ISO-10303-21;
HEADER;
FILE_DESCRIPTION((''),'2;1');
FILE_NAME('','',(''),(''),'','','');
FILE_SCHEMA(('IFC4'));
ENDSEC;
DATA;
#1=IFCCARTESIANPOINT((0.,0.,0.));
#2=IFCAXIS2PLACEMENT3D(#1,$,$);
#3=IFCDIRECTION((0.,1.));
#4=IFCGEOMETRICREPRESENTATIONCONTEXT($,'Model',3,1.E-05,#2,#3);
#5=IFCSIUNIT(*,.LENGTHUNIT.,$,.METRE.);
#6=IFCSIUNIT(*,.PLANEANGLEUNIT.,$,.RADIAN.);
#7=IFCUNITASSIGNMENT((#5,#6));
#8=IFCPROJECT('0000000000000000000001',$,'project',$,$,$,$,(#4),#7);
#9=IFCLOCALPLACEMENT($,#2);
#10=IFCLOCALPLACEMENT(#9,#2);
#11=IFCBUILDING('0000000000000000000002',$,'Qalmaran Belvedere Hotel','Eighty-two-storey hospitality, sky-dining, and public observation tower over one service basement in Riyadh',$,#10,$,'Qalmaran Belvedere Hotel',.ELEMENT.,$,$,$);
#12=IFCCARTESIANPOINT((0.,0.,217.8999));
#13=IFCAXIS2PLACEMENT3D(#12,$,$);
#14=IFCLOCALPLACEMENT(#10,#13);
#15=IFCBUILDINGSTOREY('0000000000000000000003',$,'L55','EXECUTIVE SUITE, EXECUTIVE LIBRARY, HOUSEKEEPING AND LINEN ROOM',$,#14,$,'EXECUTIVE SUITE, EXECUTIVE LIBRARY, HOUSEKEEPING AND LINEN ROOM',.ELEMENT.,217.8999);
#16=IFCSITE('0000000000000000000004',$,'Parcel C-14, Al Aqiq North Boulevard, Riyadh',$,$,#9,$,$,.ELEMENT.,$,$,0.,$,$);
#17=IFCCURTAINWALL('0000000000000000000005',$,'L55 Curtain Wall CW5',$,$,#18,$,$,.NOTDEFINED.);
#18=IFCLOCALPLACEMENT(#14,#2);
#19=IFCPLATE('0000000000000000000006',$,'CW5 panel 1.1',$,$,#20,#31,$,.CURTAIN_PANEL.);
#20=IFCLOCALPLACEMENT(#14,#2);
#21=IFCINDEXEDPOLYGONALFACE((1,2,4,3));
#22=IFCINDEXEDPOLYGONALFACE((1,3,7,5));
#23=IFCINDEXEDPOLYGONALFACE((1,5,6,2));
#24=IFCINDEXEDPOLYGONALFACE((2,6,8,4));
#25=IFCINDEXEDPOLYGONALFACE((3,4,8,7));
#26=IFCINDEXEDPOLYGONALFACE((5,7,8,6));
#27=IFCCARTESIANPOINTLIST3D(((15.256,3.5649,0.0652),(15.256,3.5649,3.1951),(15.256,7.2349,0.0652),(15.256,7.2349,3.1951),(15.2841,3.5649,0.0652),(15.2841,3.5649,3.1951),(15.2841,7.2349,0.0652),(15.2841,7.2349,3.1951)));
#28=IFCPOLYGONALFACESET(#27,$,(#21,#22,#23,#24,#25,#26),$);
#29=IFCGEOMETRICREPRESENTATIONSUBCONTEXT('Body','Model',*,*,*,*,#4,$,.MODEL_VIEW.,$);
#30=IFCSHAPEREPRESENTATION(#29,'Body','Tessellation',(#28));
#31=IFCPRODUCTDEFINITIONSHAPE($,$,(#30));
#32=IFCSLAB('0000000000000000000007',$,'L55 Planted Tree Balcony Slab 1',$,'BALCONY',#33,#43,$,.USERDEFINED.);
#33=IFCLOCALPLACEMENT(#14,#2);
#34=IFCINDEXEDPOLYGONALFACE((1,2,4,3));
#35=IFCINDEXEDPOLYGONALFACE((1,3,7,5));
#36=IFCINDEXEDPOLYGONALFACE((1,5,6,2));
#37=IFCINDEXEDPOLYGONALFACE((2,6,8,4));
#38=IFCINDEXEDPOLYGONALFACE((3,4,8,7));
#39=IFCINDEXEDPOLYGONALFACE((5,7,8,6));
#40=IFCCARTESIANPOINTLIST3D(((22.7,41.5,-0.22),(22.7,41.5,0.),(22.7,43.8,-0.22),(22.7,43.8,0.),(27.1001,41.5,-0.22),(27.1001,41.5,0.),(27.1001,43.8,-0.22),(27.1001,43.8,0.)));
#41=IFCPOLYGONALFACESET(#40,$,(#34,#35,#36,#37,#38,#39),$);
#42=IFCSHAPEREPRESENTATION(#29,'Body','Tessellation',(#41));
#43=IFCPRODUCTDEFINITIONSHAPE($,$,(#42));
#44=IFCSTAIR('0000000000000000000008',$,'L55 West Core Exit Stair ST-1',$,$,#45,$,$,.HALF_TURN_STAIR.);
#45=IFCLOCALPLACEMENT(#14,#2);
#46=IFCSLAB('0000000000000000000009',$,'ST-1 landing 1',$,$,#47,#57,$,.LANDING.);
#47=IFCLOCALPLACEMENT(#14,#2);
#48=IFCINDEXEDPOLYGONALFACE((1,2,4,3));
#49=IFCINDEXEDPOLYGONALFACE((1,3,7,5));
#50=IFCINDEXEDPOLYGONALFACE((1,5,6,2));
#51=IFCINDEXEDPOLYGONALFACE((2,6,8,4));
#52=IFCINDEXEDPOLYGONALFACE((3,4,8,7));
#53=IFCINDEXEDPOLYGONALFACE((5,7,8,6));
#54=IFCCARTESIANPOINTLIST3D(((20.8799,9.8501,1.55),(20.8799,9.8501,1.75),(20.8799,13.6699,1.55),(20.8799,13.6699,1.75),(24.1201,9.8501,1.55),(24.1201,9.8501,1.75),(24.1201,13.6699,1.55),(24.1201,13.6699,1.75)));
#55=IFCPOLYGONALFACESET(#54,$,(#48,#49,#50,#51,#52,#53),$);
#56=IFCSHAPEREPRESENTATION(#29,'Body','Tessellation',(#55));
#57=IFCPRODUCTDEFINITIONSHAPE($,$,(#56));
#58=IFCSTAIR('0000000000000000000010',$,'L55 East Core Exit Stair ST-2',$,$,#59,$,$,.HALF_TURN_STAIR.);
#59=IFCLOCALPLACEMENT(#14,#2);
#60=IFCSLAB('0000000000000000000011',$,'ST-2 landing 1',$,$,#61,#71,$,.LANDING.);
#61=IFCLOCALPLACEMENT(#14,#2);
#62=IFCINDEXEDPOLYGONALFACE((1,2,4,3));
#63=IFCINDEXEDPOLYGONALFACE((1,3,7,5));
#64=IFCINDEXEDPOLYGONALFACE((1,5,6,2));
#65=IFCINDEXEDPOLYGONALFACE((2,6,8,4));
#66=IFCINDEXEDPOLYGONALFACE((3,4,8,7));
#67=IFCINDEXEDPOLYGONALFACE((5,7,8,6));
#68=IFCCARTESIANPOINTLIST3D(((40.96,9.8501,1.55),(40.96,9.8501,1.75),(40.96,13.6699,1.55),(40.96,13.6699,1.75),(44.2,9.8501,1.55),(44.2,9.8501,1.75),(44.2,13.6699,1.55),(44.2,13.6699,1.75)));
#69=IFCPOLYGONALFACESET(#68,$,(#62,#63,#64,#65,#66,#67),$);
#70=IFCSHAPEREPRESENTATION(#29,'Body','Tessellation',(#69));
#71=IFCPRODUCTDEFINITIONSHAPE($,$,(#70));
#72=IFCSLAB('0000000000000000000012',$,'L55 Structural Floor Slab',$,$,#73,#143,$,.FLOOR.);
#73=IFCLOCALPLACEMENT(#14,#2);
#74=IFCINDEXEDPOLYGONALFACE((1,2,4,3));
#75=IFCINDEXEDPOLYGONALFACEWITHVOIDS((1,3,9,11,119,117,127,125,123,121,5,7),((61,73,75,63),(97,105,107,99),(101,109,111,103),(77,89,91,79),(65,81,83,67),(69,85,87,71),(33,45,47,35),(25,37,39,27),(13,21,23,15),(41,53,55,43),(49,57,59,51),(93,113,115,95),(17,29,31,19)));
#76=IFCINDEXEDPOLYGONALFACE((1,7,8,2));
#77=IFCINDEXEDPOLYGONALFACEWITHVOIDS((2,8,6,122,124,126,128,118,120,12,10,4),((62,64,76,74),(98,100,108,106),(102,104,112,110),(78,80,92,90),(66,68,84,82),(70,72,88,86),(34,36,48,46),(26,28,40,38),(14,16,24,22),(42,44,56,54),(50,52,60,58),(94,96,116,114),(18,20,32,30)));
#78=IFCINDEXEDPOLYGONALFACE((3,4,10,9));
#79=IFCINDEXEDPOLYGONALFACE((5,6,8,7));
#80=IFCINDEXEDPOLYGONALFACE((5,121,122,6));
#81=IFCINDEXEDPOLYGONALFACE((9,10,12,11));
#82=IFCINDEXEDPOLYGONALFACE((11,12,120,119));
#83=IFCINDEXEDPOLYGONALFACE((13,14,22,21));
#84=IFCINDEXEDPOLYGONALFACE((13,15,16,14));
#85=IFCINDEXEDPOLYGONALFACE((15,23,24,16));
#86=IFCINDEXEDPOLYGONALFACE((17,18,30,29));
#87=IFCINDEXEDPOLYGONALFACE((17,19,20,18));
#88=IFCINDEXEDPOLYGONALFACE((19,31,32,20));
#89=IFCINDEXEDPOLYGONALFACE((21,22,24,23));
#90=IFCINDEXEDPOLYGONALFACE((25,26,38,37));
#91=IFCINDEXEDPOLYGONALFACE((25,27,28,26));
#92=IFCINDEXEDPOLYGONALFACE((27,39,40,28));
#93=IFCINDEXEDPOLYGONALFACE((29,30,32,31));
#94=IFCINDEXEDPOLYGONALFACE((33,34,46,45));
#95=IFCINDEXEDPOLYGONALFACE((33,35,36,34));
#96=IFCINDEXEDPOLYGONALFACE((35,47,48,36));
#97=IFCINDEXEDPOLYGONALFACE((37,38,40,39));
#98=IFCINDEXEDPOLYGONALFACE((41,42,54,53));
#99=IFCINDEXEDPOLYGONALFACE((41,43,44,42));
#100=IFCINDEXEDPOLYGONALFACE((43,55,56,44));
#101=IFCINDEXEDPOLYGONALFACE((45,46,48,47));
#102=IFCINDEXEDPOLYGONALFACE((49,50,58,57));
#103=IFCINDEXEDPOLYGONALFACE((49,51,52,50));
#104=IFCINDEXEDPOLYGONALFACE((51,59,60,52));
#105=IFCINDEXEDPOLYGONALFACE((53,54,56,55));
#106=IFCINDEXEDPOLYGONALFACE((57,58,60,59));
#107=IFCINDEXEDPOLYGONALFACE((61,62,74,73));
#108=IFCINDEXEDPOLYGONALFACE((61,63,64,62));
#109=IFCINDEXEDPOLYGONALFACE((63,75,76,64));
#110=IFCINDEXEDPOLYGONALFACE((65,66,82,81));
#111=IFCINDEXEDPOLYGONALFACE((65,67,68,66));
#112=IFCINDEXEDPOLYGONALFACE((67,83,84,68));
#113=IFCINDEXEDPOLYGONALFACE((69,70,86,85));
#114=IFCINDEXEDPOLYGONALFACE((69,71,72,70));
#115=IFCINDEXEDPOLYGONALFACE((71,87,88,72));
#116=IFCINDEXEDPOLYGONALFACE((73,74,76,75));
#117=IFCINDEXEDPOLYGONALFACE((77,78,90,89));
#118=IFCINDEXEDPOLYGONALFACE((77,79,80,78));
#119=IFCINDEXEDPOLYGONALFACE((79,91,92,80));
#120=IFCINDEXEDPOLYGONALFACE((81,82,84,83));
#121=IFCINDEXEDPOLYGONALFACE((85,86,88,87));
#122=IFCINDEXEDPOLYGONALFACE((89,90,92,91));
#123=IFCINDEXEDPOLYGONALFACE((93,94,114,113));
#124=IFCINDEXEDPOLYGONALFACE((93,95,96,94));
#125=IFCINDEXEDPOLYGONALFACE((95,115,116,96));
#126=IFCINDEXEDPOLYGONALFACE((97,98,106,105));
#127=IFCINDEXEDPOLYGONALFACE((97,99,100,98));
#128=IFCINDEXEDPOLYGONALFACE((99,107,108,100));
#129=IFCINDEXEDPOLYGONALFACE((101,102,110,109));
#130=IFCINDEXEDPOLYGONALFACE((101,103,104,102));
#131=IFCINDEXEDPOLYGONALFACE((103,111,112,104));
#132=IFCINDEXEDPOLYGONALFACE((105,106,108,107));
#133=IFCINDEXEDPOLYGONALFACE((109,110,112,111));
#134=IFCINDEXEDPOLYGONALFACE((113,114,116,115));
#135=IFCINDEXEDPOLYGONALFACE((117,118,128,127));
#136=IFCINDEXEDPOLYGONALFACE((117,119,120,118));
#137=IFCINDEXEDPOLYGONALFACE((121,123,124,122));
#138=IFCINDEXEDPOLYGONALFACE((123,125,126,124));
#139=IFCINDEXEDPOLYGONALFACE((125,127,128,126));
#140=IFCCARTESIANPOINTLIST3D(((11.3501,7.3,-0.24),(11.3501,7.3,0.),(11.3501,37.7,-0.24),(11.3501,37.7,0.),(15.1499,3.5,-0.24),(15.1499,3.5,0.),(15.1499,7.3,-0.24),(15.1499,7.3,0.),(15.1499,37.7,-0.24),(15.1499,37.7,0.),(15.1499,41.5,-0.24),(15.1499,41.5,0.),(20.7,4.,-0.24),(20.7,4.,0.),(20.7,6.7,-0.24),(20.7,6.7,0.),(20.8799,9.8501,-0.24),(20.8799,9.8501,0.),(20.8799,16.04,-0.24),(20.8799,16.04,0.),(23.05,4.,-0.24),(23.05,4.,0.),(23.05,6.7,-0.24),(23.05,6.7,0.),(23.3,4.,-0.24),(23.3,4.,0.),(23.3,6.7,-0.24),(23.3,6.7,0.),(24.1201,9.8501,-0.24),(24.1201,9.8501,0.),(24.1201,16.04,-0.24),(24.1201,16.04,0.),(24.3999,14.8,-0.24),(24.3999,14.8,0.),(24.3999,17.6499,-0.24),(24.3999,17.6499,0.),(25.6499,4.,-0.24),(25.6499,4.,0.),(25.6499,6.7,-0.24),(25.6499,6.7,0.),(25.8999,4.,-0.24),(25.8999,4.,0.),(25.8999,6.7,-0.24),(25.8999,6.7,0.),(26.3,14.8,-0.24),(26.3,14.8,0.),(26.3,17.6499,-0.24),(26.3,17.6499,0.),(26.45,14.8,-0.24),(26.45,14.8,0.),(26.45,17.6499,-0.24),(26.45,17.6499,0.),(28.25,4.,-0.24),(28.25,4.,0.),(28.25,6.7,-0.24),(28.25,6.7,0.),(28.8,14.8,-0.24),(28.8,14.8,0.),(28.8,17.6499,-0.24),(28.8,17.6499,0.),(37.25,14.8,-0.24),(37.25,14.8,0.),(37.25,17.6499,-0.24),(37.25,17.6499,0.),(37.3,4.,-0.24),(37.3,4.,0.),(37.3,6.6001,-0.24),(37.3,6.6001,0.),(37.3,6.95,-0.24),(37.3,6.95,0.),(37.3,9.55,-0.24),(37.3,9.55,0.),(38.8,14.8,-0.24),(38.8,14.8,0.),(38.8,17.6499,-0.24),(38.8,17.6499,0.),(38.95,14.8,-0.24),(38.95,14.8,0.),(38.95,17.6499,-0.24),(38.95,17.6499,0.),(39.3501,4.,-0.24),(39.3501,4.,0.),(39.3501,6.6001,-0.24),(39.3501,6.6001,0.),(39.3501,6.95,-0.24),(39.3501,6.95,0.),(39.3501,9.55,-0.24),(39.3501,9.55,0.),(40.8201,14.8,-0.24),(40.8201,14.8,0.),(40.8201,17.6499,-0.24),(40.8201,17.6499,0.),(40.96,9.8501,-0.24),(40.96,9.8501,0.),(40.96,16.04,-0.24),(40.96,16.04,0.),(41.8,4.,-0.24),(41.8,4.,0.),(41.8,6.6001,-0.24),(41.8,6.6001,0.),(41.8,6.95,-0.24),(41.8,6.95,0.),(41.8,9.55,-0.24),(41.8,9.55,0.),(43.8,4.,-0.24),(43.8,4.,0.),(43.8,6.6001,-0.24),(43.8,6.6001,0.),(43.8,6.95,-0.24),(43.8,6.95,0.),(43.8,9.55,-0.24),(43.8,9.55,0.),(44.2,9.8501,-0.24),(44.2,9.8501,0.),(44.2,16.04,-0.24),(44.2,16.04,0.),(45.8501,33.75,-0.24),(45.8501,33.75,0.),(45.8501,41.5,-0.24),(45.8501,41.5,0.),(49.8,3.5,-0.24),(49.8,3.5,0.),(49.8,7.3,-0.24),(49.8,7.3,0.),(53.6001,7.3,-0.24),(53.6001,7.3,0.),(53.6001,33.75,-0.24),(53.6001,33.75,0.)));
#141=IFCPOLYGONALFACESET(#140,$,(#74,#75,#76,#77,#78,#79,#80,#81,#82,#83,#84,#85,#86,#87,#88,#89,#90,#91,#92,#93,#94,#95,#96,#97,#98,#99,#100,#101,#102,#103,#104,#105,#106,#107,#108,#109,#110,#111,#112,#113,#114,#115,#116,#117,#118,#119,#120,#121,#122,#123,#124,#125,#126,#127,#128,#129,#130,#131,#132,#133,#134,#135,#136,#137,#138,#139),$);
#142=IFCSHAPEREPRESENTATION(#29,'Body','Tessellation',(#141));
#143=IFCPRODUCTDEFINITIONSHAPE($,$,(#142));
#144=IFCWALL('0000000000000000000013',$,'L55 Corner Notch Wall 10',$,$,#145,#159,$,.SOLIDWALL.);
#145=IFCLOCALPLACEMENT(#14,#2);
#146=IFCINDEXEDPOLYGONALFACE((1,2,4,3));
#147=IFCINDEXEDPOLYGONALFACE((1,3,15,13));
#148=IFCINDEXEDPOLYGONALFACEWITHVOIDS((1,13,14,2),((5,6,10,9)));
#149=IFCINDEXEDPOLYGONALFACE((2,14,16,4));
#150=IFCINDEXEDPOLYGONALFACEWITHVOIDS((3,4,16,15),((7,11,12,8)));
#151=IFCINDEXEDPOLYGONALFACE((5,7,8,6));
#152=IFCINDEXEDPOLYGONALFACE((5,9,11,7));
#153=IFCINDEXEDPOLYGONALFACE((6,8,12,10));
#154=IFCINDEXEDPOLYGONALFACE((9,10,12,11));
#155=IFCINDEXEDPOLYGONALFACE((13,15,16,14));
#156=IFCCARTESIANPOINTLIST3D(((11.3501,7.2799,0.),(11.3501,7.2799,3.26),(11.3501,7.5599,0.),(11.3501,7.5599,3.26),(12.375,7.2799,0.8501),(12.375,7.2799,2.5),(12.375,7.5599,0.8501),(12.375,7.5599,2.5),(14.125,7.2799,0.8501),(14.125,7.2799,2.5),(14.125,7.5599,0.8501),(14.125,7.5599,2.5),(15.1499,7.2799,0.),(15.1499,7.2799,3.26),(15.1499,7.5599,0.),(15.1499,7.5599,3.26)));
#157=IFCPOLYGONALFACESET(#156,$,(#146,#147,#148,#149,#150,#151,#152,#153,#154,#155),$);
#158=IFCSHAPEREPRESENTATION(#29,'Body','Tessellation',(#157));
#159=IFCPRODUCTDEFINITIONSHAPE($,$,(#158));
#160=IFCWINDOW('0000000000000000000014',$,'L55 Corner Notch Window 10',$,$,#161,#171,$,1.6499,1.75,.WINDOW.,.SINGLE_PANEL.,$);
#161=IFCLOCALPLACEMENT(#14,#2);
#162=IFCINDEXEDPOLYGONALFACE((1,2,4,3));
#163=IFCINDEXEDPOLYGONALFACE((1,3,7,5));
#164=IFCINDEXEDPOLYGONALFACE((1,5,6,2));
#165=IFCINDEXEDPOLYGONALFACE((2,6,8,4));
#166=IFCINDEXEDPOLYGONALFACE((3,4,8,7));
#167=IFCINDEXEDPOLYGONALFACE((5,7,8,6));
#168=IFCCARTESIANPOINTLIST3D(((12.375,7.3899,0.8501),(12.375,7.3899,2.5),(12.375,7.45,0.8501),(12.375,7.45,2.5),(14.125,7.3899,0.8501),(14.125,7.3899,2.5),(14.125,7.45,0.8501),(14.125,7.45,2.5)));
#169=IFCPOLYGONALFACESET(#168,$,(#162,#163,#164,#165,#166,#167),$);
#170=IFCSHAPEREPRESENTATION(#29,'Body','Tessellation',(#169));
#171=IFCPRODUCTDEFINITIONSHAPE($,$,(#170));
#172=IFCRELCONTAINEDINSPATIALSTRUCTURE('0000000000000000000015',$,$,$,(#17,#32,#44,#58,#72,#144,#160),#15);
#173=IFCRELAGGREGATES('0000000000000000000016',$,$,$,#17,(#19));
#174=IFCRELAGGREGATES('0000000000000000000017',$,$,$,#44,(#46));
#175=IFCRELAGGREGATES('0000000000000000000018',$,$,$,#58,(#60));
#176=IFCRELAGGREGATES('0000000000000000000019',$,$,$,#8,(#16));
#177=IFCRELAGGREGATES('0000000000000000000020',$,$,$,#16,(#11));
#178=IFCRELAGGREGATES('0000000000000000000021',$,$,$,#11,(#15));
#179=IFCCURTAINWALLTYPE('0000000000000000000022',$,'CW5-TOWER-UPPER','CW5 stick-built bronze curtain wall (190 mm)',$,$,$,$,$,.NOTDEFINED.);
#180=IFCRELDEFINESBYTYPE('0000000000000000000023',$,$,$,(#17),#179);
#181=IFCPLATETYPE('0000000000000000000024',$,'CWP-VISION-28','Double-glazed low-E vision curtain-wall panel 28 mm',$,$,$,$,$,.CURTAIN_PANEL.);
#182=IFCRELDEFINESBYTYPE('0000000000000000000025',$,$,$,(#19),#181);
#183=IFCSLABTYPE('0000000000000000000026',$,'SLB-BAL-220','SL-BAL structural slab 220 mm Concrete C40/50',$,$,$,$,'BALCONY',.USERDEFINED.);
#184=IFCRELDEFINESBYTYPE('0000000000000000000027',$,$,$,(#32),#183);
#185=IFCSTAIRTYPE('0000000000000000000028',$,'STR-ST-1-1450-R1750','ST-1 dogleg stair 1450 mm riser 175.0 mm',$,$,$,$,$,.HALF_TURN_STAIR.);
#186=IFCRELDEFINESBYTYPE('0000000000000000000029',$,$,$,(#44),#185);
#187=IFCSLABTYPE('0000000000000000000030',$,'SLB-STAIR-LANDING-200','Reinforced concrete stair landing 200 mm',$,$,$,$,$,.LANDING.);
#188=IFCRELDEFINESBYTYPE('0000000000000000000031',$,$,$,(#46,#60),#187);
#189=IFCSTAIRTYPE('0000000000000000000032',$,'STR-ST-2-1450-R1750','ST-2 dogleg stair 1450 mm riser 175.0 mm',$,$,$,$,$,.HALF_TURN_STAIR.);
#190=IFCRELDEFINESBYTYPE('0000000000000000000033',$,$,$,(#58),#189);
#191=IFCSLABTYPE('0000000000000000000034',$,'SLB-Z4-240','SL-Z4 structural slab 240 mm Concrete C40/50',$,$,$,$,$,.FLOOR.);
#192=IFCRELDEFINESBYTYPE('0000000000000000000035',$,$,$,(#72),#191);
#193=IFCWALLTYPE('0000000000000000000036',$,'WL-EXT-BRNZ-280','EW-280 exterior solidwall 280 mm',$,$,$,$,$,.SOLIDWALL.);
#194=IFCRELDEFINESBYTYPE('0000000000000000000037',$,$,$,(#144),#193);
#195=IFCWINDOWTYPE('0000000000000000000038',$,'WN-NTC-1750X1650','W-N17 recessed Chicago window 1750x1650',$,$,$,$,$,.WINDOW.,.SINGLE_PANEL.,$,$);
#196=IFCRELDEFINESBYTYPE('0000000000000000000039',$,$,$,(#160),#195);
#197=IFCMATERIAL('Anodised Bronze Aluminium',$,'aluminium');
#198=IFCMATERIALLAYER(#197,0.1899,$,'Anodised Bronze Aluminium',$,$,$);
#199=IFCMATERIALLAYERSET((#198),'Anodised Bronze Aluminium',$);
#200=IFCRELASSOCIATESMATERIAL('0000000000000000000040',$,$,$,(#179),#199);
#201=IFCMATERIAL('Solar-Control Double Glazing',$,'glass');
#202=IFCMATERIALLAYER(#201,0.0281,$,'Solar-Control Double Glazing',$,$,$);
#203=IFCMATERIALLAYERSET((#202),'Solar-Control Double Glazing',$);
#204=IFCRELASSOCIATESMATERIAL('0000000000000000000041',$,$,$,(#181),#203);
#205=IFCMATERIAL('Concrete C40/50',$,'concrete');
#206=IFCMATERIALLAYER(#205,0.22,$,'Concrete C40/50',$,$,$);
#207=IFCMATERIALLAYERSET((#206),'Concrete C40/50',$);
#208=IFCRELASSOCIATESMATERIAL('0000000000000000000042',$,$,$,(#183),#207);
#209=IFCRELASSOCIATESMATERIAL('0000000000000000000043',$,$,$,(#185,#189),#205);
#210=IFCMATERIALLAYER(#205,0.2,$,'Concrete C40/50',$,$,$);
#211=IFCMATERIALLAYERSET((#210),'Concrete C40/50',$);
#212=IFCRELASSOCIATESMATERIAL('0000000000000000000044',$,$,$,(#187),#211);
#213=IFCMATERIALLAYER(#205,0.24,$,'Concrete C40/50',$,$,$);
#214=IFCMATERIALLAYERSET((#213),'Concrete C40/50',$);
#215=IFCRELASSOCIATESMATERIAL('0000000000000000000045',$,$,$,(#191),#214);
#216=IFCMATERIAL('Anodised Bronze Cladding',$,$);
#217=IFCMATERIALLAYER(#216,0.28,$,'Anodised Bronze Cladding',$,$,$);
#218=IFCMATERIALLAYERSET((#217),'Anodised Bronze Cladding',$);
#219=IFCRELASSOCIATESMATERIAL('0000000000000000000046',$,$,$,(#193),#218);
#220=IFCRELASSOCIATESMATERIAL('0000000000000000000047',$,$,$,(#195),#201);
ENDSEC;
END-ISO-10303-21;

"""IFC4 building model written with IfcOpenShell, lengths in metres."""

from ifc_helpers import new_model, si_unit, direction, frame, frame_2d, origin, origin_2d, place, context, subcontext, project, spatial, polyline, rectangle, outline, extrude, material, layer, layer_set, type_object, element, fill, aggregate, save


model = new_model("IFC4")

# Units and contexts
model_context = context("Model", 3, precision=1e-05, world=origin(), true_north=direction((0.0, 1.0)))
body_context = subcontext(model_context, "Body", "Model", "MODEL_VIEW")
ifc_project = project(units=[si_unit("LENGTHUNIT", "METRE"), si_unit("PLANEANGLEUNIT", "RADIAN")], contexts=[model_context])

# Site, building, storey
site_placement = place(None, origin())
site = spatial("IfcSite", under=ifc_project, at=site_placement, Name="Parcel C-14, Al Aqiq North Boulevard, Riyadh", CompositionType="ELEMENT", RefElevation=0.0)
building_placement = place(site_placement, origin())
building = spatial("IfcBuilding", under=site, at=building_placement, Name="Qalmaran Belvedere Hotel", Description="Eighty-two-storey hospitality, sky-dining, and public observation tower over one service basement in Riyadh", LongName="Qalmaran Belvedere Hotel", CompositionType="ELEMENT")
storey_placement = place(building_placement, frame((0.0, 0.0, 217.8999)))
storey = spatial("IfcBuildingStorey", under=building, at=storey_placement, Name="L55", Description="EXECUTIVE SUITE, EXECUTIVE LIBRARY, HOUSEKEEPING AND LINEN ROOM", LongName="EXECUTIVE SUITE, EXECUTIVE LIBRARY, HOUSEKEEPING AND LINEN ROOM", CompositionType="ELEMENT", Elevation=217.8999)

# Shared definitions
ifc_material_1 = material(Name="Anodised Bronze Aluminium", Category="aluminium")
ifc_layer_1 = layer(ifc_material_1, 0.1899, Name="Anodised Bronze Aluminium")
ifc_layer_set_1 = layer_set([ifc_layer_1], Name="Anodised Bronze Aluminium")
curtain_wall_type = type_object("IfcCurtainWallType", Name="CW5-TOWER-UPPER", Description="CW5 stick-built bronze curtain wall (190 mm)", PredefinedType="NOTDEFINED", material=ifc_layer_set_1)

# Curtain wall
curtain_wall_1_placement = place(storey_placement, origin())
curtain_wall_1 = element("IfcCurtainWall", 1, at=curtain_wall_1_placement, inside=storey, type_object=curtain_wall_type, Name="L55 Curtain Wall CW5", PredefinedType="NOTDEFINED")

# Plate
ifc_material_2 = material(Name="Solar-Control Double Glazing", Category="glass")
ifc_layer_2 = layer(ifc_material_2, 0.0281, Name="Solar-Control Double Glazing")
ifc_layer_set_2 = layer_set([ifc_layer_2], Name="Solar-Control Double Glazing")
plate_type = type_object("IfcPlateType", Name="CWP-VISION-28", Description="Double-glazed low-E vision curtain-wall panel 28 mm", PredefinedType="CURTAIN_PANEL", material=ifc_layer_set_2)
plate_1_placement = place(storey_placement, frame((15.27, 5.3999, 0.0652), z_axis=(0.0, 0.0, 1.0), x_axis=(0.0, -1.0, 0.0)))
plate_1 = element("IfcPlate", 2, at=plate_1_placement, type_object=plate_type, Name="CW5 panel 1.1", PredefinedType="CURTAIN_PANEL", context=body_context, shape_type="SweptSolid", body=[
    extrude(rectangle(XDim=3.6699, YDim=0.0281, at=origin_2d()), origin(), (0.0, 0.0, 1.0), 3.1299),
])
aggregate(curtain_wall_1, [plate_1])

# Slab
ifc_material_3 = material(Name="Concrete C40/50", Category="concrete")
ifc_layer_3 = layer(ifc_material_3, 0.22, Name="Concrete C40/50")
ifc_layer_set_3 = layer_set([ifc_layer_3], Name="Concrete C40/50")
slab_type_1 = type_object("IfcSlabType", Name="SLB-BAL-220", Description="SL-BAL structural slab 220 mm Concrete C40/50", ElementType="BALCONY", PredefinedType="USERDEFINED", material=ifc_layer_set_3)
slab_1_placement = place(storey_placement, frame((0.0, 0.0, -0.22)))
element("IfcSlab", 3, at=slab_1_placement, inside=storey, type_object=slab_type_1, Name="L55 Planted Tree Balcony Slab 1", ObjectType="BALCONY", PredefinedType="USERDEFINED", context=body_context, shape_type="SweptSolid", body=[
    extrude(outline(polyline([(22.7, 41.5), (27.1001, 41.5), (27.1001, 43.8), (22.7, 43.8), (22.7, 41.5)])), origin(), (0.0, 0.0, 1.0), 0.22),
])

# Stairs, slabs
stair_type_1 = type_object("IfcStairType", Name="STR-ST-1-1450-R1750", Description="ST-1 dogleg stair 1450 mm riser 175.0 mm", PredefinedType="HALF_TURN_STAIR", material=ifc_material_3)
stair_1_placement = place(storey_placement, origin())
stair_1 = element("IfcStair", 4, at=stair_1_placement, inside=storey, type_object=stair_type_1, Name="L55 West Core Exit Stair ST-1", PredefinedType="HALF_TURN_STAIR")
ifc_layer_4 = layer(ifc_material_3, 0.2, Name="Concrete C40/50")
ifc_layer_set_4 = layer_set([ifc_layer_4], Name="Concrete C40/50")
slab_type_2 = type_object("IfcSlabType", Name="SLB-STAIR-LANDING-200", Description="Reinforced concrete stair landing 200 mm", PredefinedType="LANDING", material=ifc_layer_set_4)
slab_2_placement = place(storey_placement, frame((0.0, 0.0, 1.55)))
slab_2 = element("IfcSlab", 5, at=slab_2_placement, type_object=slab_type_2, Name="ST-1 landing 1", PredefinedType="LANDING", context=body_context, shape_type="SweptSolid", body=[
    extrude(outline(polyline([(20.8799, 13.6699), (20.8799, 9.8501), (24.1201, 9.8501), (24.1201, 13.6699), (20.8799, 13.6699)])), origin(), (0.0, 0.0, 1.0), 0.2),
])
aggregate(stair_1, [slab_2])
stair_type_2 = type_object("IfcStairType", Name="STR-ST-2-1450-R1750", Description="ST-2 dogleg stair 1450 mm riser 175.0 mm", PredefinedType="HALF_TURN_STAIR", material=ifc_material_3)
stair_2_placement = place(storey_placement, origin())
stair_2 = element("IfcStair", 6, at=stair_2_placement, inside=storey, type_object=stair_type_2, Name="L55 East Core Exit Stair ST-2", PredefinedType="HALF_TURN_STAIR")
slab_3_placement = place(storey_placement, frame((0.0, 0.0, 1.55)))
slab_3 = element("IfcSlab", 7, at=slab_3_placement, type_object=slab_type_2, Name="ST-2 landing 1", PredefinedType="LANDING", context=body_context, shape_type="SweptSolid", body=[
    extrude(outline(polyline([(40.96, 13.6699), (40.96, 9.8501), (44.2, 9.8501), (44.2, 13.6699), (40.96, 13.6699)])), origin(), (0.0, 0.0, 1.0), 0.2),
])
aggregate(stair_2, [slab_3])

# Slab
ifc_layer_5 = layer(ifc_material_3, 0.24, Name="Concrete C40/50")
ifc_layer_set_5 = layer_set([ifc_layer_5], Name="Concrete C40/50")
slab_type_3 = type_object("IfcSlabType", Name="SLB-Z4-240", Description="SL-Z4 structural slab 240 mm Concrete C40/50", PredefinedType="FLOOR", material=ifc_layer_set_5)
slab_4_placement = place(storey_placement, frame((0.0, 0.0, -0.24)))
element("IfcSlab", 8, at=slab_4_placement, inside=storey, type_object=slab_type_3, Name="L55 Structural Floor Slab", PredefinedType="FLOOR", context=body_context, shape_type="SweptSolid", body=[
    extrude(outline(polyline([(15.1499, 3.5), (49.8, 3.5), (49.8, 7.3), (53.6001, 7.3), (53.6001, 33.75), (45.8501, 33.75), (45.8501, 41.5), (15.1499, 41.5), (15.1499, 37.7), (11.3501, 37.7), (11.3501, 7.3), (15.1499, 7.3), (15.1499, 3.5)]), holes=[polyline([(20.8799, 9.8501), (24.1201, 9.8501), (24.1201, 16.04), (20.8799, 16.04), (20.8799, 9.8501)]), polyline([(40.96, 9.8501), (44.2, 9.8501), (44.2, 16.04), (40.96, 16.04), (40.96, 9.8501)]), polyline([(37.3, 4.0), (39.3501, 4.0), (39.3501, 6.6001), (37.3, 6.6001), (37.3, 4.0)]), polyline([(37.3, 6.95), (39.3501, 6.95), (39.3501, 9.55), (37.3, 9.55), (37.3, 6.95)]), polyline([(41.8, 4.0), (43.8, 4.0), (43.8, 6.6001), (41.8, 6.6001), (41.8, 4.0)]), polyline([(41.8, 6.95), (43.8, 6.95), (43.8, 9.55), (41.8, 9.55), (41.8, 6.95)]), polyline([(20.7, 4.0), (23.05, 4.0), (23.05, 6.7), (20.7, 6.7), (20.7, 4.0)]), polyline([(23.3, 4.0), (25.6499, 4.0), (25.6499, 6.7), (23.3, 6.7), (23.3, 4.0)]), polyline([(25.8999, 4.0), (28.25, 4.0), (28.25, 6.7), (25.8999, 6.7), (25.8999, 4.0)]), polyline([(24.3999, 14.8), (26.3, 14.8), (26.3, 17.6499), (24.3999, 17.6499), (24.3999, 14.8)]), polyline([(38.95, 14.8), (40.8201, 14.8), (40.8201, 17.6499), (38.95, 17.6499), (38.95, 14.8)]), polyline([(26.45, 14.8), (28.8, 14.8), (28.8, 17.6499), (26.45, 17.6499), (26.45, 14.8)]), polyline([(37.25, 14.8), (38.8, 14.8), (38.8, 17.6499), (37.25, 17.6499), (37.25, 14.8)])]), origin(), (0.0, 0.0, 1.0), 0.24),
])

# Wall, opening, window
ifc_material_4 = material(Name="Anodised Bronze Cladding")
ifc_layer_6 = layer(ifc_material_4, 0.28, Name="Anodised Bronze Cladding")
ifc_layer_set_6 = layer_set([ifc_layer_6], Name="Anodised Bronze Cladding")
wall_type_1 = type_object("IfcWallType", Name="WL-EXT-BRNZ-280", Description="EW-280 exterior solidwall 280 mm", PredefinedType="SOLIDWALL", material=ifc_layer_set_6)
wall_1_placement = place(storey_placement, frame((11.3501, 7.4199, 0.0), z_axis=(0.0, 0.0, 1.0), x_axis=(1.0, 0.0, 0.0)))
wall_1 = element("IfcWall", 9, at=wall_1_placement, inside=storey, type_object=wall_type_1, Name="L55 Corner Notch Wall 10", PredefinedType="SOLIDWALL", context=body_context, shape_type="SweptSolid", body=[
    extrude(rectangle(XDim=3.7998, YDim=0.28, at=frame_2d((1.8999, 0.0))), origin(), (0.0, 0.0, 1.0), 3.26),
])
opening_placement = place(wall_1_placement, frame((1.0249, 0.0, 0.8501)))
opening = element("IfcOpeningElement", 10, at=opening_placement, cuts=wall_1, PredefinedType="OPENING", context=body_context, shape_type="SweptSolid", body=[
    extrude(rectangle(XDim=1.75, YDim=1.6499, at=frame_2d((0.875, 0.825))), frame((0.0, 0.1499, 0.0), z_axis=(0.0, -1.0, 0.0), x_axis=(1.0, 0.0, 0.0)), (0.0, 0.0, 1.0), 0.3),
])
window_type = type_object("IfcWindowType", Name="WN-NTC-1750X1650", Description="W-N17 recessed Chicago window 1750x1650", PartitioningType="SINGLE_PANEL", PredefinedType="WINDOW", material=ifc_material_2)
window_placement = place(opening_placement, origin())
window = element("IfcWindow", 11, at=window_placement, inside=storey, type_object=window_type, Name="L55 Corner Notch Window 10", OverallHeight=1.6499, OverallWidth=1.75, PartitioningType="SINGLE_PANEL", PredefinedType="WINDOW", context=body_context, shape_type="SweptSolid", body=[
    extrude(rectangle(XDim=1.75, YDim=1.6499, at=frame_2d((0.875, 0.825))), frame((0.0, 0.03, 0.0), z_axis=(0.0, -1.0, 0.0), x_axis=(1.0, 0.0, 0.0)), (0.0, 0.0, 1.0), 0.0601),
])
fill(opening, window)

save(model, "model.ifc")
